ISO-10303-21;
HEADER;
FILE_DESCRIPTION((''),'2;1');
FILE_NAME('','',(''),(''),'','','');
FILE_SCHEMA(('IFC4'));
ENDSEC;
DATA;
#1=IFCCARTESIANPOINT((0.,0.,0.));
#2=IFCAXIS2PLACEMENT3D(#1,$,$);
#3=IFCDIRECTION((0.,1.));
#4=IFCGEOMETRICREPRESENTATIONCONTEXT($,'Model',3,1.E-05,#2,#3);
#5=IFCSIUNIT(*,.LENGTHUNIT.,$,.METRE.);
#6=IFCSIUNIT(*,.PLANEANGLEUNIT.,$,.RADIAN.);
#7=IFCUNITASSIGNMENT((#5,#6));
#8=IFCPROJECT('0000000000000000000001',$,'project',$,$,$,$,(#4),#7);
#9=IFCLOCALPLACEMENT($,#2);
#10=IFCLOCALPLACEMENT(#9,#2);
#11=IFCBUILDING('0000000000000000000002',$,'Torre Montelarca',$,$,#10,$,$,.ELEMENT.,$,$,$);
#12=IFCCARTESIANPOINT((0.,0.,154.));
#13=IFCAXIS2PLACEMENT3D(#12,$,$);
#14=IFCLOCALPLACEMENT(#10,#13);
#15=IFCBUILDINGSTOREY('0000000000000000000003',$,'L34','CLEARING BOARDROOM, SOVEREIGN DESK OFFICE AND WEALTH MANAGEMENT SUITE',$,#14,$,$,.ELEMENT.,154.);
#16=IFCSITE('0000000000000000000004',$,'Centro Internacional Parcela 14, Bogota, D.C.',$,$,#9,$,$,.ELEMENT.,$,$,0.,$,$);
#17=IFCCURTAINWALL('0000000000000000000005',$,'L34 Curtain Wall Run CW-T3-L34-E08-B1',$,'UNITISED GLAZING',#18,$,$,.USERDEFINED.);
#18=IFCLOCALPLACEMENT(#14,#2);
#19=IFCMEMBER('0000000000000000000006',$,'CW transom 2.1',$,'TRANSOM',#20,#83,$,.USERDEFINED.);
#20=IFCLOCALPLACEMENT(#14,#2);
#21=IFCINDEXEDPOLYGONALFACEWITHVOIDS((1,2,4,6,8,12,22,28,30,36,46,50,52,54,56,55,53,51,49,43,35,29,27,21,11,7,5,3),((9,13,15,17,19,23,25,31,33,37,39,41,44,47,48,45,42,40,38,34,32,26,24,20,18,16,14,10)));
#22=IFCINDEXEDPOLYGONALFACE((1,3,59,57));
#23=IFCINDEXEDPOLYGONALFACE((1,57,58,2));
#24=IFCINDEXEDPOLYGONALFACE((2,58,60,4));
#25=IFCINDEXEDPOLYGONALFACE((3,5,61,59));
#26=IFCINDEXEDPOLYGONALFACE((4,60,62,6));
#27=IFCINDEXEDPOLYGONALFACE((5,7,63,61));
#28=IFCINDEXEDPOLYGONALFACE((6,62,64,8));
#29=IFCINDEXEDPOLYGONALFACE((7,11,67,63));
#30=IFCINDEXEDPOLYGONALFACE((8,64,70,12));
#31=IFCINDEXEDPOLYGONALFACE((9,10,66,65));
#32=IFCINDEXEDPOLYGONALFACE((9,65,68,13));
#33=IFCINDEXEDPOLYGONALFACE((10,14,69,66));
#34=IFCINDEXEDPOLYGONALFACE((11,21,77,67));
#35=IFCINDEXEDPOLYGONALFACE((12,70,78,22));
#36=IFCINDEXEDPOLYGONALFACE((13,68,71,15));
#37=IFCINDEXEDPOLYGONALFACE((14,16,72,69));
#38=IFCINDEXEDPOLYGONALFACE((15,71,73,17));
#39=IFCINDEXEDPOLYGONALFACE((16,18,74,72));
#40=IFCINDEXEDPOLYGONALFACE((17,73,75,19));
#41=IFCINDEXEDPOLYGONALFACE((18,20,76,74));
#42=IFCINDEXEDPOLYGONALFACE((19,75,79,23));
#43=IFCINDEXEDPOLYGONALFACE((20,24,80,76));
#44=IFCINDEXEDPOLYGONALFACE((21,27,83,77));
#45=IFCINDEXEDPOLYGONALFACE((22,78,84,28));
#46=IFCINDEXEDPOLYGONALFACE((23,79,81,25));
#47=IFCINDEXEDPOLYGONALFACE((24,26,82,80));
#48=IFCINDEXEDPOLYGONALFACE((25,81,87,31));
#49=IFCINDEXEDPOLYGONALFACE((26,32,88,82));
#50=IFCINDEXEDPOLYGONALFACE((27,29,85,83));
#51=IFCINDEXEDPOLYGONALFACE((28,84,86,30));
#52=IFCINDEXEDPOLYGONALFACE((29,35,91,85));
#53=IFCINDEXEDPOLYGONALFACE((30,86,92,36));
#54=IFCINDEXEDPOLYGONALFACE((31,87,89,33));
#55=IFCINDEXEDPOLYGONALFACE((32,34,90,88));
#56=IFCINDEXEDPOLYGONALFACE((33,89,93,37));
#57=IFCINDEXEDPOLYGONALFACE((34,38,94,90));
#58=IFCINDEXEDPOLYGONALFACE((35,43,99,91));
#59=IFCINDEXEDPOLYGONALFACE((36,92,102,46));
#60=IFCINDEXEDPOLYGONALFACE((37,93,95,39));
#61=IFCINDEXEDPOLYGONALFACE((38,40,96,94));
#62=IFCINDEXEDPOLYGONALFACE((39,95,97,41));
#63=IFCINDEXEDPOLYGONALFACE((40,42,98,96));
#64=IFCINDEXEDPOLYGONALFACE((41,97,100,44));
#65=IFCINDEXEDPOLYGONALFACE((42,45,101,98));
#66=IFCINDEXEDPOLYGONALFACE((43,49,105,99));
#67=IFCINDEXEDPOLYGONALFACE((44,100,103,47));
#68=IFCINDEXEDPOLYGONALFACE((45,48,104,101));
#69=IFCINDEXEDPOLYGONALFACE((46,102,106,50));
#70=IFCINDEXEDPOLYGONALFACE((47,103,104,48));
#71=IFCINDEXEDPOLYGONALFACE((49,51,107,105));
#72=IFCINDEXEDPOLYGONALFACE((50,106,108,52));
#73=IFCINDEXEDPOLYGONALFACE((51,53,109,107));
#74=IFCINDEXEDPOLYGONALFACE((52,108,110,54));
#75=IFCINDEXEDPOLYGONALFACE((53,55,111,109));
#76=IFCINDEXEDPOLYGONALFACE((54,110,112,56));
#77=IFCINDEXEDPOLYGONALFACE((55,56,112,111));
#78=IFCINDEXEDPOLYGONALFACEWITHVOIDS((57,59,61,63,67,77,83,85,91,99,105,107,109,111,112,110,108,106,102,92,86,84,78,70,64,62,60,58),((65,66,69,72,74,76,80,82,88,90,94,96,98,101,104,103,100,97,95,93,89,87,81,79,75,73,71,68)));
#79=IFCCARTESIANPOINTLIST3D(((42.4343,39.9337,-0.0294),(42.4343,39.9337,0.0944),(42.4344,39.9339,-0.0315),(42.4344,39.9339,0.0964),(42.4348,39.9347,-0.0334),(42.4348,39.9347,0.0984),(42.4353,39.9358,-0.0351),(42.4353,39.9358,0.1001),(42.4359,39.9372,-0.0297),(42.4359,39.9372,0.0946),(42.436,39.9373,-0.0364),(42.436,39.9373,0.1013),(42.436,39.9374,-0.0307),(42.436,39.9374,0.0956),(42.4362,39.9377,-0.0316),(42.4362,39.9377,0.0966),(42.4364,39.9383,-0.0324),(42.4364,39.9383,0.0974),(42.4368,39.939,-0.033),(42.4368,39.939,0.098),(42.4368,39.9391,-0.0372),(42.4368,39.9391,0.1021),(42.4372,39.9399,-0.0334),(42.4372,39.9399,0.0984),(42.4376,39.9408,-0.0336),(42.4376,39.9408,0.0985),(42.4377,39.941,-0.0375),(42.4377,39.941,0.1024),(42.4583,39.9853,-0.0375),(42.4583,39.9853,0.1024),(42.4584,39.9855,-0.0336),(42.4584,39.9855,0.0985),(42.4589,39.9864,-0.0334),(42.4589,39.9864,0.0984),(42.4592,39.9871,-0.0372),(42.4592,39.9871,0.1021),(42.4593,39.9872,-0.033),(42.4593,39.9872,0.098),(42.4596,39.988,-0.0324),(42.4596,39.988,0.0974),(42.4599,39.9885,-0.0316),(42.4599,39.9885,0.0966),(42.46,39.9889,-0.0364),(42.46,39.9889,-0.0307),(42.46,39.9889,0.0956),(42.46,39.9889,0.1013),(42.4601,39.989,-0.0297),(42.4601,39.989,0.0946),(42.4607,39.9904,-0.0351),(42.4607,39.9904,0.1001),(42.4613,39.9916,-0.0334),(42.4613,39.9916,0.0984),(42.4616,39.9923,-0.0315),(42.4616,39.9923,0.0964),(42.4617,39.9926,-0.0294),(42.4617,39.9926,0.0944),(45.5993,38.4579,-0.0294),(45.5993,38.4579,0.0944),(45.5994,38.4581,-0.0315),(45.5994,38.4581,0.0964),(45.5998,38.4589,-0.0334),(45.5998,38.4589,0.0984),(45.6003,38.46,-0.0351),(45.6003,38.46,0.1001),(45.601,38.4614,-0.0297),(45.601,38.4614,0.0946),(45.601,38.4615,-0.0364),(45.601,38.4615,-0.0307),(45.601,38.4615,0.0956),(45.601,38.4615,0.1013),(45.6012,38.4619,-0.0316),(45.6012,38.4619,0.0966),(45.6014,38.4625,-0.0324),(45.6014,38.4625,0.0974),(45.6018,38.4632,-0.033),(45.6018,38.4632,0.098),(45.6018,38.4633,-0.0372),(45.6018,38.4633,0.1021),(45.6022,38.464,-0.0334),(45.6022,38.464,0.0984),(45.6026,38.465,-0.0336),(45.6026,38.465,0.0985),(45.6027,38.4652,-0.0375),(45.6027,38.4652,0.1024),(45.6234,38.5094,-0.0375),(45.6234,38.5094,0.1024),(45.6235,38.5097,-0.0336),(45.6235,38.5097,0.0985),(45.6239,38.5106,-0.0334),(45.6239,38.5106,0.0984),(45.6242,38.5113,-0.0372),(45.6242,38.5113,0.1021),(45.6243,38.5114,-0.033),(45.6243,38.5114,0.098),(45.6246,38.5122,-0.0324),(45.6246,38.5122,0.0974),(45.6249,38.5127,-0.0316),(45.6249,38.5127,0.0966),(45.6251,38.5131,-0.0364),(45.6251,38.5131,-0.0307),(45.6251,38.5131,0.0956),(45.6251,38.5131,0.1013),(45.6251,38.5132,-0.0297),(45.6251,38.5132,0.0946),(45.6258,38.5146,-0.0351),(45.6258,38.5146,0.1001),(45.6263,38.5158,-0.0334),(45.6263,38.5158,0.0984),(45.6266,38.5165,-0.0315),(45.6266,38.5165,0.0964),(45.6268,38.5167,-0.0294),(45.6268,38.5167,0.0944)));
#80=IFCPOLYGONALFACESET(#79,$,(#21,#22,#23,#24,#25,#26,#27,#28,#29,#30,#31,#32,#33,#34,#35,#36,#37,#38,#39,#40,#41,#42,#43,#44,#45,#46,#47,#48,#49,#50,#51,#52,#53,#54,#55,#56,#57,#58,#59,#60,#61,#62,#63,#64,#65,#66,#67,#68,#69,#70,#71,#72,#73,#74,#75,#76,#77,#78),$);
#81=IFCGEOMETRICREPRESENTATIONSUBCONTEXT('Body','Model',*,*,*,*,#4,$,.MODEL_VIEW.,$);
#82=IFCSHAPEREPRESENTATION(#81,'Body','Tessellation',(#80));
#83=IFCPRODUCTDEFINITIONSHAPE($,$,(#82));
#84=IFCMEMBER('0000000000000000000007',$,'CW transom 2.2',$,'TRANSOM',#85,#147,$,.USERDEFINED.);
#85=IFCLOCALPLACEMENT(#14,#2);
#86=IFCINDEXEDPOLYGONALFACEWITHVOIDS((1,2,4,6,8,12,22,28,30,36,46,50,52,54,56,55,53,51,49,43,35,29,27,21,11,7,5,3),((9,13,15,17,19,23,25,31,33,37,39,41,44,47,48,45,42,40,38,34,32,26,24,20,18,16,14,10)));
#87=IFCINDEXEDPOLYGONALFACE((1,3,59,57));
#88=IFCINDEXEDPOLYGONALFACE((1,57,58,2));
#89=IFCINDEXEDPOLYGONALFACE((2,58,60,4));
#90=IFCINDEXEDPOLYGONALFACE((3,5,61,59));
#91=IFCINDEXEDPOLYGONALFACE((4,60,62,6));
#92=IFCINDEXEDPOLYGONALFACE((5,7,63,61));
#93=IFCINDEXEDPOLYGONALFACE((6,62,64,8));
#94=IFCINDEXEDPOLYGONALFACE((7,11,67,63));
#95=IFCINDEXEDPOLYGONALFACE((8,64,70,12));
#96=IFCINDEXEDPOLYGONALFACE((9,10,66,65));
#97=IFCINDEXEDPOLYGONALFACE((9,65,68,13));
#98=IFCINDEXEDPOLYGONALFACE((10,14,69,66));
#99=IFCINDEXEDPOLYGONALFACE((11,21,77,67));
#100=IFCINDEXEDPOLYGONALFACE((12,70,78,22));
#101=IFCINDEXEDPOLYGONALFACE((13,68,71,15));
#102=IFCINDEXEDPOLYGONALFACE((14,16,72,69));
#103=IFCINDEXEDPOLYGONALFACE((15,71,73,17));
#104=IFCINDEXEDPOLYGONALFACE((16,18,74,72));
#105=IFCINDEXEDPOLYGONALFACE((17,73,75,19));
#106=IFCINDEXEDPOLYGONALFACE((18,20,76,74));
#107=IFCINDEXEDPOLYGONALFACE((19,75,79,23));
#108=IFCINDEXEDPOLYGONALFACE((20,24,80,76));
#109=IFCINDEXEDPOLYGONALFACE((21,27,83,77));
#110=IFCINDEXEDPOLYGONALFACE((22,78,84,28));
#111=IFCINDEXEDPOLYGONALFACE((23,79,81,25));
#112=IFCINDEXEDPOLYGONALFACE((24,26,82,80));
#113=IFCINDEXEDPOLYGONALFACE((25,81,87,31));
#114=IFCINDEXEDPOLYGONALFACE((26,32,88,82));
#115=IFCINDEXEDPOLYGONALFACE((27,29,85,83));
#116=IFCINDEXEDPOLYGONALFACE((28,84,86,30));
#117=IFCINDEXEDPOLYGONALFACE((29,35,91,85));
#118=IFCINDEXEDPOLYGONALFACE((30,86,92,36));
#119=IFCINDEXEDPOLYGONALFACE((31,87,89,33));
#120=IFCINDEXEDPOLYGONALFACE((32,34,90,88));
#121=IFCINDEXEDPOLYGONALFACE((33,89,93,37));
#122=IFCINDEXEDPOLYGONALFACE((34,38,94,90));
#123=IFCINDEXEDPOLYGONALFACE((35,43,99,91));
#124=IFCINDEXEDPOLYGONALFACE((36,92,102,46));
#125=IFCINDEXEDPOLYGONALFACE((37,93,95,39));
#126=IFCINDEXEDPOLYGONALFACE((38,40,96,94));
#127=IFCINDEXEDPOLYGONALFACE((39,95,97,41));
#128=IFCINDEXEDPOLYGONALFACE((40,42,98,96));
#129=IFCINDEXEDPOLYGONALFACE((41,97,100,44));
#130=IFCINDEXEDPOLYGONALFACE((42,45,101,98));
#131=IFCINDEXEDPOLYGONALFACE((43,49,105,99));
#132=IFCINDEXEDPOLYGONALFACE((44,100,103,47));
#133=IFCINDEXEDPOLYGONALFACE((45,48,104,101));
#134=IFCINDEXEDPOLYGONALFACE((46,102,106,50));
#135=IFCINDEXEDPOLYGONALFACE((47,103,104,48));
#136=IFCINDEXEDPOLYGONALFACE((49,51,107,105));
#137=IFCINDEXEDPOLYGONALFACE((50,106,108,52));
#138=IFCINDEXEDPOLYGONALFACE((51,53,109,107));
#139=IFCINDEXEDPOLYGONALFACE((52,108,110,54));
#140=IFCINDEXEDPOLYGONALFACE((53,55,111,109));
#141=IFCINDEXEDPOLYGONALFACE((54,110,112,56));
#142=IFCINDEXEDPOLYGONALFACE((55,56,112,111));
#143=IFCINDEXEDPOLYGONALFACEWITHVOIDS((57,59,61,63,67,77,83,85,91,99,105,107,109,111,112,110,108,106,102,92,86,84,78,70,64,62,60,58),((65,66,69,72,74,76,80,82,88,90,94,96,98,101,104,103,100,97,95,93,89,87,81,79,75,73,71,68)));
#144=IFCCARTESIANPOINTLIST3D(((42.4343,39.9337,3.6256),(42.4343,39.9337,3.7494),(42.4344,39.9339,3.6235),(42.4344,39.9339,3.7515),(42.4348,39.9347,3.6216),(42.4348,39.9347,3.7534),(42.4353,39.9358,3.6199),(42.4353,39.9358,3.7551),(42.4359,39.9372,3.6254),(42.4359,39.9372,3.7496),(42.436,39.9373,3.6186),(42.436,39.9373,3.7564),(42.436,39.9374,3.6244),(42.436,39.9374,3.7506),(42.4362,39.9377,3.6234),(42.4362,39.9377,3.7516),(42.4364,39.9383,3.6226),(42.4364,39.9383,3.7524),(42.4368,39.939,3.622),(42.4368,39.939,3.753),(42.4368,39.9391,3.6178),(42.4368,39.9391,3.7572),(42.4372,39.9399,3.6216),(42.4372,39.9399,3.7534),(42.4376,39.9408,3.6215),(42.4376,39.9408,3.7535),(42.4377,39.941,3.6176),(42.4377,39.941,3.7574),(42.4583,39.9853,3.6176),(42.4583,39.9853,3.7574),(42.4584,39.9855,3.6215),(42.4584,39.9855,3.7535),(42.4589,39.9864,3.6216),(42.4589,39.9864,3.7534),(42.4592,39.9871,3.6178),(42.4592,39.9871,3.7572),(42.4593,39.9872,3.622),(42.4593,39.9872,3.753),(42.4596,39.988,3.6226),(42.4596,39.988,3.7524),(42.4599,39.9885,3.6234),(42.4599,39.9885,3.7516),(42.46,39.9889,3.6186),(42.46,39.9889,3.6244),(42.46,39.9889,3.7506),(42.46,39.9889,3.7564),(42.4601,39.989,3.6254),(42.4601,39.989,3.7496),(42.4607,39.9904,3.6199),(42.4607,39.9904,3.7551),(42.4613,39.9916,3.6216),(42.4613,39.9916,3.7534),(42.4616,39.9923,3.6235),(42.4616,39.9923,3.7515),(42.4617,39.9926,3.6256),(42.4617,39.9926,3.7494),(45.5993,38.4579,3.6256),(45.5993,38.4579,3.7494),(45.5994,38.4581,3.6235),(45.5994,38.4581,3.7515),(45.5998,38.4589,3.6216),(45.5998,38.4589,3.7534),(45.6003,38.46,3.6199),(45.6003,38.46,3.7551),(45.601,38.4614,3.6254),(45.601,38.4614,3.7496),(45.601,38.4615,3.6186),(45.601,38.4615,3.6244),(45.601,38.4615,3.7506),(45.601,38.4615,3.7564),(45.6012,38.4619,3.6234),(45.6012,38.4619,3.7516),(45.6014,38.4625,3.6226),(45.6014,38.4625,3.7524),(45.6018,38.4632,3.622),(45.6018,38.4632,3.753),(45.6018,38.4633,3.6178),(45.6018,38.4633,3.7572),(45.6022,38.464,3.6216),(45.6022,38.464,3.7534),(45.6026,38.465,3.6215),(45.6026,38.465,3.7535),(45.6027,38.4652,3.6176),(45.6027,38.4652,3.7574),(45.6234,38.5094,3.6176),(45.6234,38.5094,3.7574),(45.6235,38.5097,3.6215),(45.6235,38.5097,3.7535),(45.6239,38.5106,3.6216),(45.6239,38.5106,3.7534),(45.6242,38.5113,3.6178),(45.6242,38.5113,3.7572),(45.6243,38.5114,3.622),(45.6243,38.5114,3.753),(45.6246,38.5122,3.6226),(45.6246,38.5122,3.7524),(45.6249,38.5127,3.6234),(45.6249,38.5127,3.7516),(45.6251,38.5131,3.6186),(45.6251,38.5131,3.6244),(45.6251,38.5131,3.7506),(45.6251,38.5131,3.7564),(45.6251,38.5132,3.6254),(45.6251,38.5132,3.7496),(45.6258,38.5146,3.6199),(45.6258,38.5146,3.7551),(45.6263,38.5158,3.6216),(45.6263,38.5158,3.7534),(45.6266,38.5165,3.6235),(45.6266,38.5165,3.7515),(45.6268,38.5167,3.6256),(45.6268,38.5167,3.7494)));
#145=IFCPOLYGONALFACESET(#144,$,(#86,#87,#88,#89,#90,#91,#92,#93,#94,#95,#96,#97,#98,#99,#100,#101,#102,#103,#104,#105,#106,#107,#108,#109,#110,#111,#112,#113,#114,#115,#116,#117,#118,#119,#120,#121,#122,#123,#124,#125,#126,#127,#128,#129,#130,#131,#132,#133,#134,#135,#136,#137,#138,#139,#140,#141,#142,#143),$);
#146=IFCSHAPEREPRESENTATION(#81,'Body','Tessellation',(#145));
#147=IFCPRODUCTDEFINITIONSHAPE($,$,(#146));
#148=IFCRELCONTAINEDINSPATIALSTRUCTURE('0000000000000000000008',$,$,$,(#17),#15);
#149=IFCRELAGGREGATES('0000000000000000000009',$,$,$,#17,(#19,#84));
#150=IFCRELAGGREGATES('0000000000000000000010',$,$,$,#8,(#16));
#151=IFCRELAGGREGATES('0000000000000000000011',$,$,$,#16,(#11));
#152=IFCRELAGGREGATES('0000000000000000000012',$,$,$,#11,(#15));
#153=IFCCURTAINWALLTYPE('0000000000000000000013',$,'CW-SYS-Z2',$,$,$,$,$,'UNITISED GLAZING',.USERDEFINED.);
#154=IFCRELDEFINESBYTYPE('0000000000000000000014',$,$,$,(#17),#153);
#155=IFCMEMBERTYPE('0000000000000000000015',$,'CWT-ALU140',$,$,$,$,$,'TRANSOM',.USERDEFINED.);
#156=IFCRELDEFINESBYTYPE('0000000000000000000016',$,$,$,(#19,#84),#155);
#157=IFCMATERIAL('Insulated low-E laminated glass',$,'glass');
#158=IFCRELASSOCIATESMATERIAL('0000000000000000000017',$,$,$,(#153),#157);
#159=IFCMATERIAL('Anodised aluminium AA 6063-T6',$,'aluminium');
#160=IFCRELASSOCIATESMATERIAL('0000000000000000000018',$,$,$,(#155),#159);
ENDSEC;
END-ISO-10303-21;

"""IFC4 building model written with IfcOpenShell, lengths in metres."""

from ifc_helpers import new_model, si_unit, direction, frame, origin, origin_2d, place, context, subcontext, project, spatial, hollow_rectangle, extrude, source, transform, mapped, material, material_profile, profile_set, type_object, element, aggregate, save


model = new_model("IFC4")

# Units and contexts
model_context = context("Model", 3, precision=1e-05, world=origin(), true_north=direction((0.0, 1.0)))
body_context = subcontext(model_context, "Body", "Model", "MODEL_VIEW")
ifc_project = project(units=[si_unit("LENGTHUNIT", "METRE"), si_unit("PLANEANGLEUNIT", "RADIAN")], contexts=[model_context])

# Site, building, storey
site_placement = place(None, origin())
site = spatial("IfcSite", under=ifc_project, at=site_placement, Name="Centro Internacional Parcela 14, Bogota, D.C.", CompositionType="ELEMENT", RefElevation=0.0)
building_placement = place(site_placement, origin())
building = spatial("IfcBuilding", under=site, at=building_placement, Name="Torre Montelarca", CompositionType="ELEMENT")
storey_placement = place(building_placement, frame((0.0, 0.0, 154.0)))
storey = spatial("IfcBuildingStorey", under=building, at=storey_placement, Name="L34", Description="CLEARING BOARDROOM, SOVEREIGN DESK OFFICE AND WEALTH MANAGEMENT SUITE", CompositionType="ELEMENT", Elevation=154.0)

# Curtain wall
ifc_material_1 = material(Name="Insulated low-E laminated glass", Category="glass")
curtain_wall_type = type_object("IfcCurtainWallType", Name="CW-SYS-Z2", ElementType="UNITISED GLAZING", PredefinedType="USERDEFINED", material=ifc_material_1)
ifc_material_2 = material(Name="Anodised aluminium AA 6063-T6", Category="aluminium")
ifc_material_profile_1 = material_profile(ifc_material_2, hollow_rectangle(XDim=0.0649, YDim=0.1399, WallThickness=0.0039, InnerFilletRadius=0.0039, OuterFilletRadius=0.0081, at=origin_2d()), Name="ALU65X140X4", Category="aluminium")
ifc_profile_set_1 = profile_set([ifc_material_profile_1], Name="Anodised aluminium AA 6063-T6")
member_type_1 = type_object("IfcMemberType", Name="CWT-ALU140", ElementType="TRANSOM", PredefinedType="USERDEFINED", material=ifc_profile_set_1)
curtain_wall_1_placement = place(storey_placement, origin())
curtain_wall_1 = element("IfcCurtainWall", 1, at=curtain_wall_1_placement, inside=storey, type_object=curtain_wall_type, Name="L34 Curtain Wall Run CW-T3-L34-E08-B1", ObjectType="UNITISED GLAZING", PredefinedType="USERDEFINED")

# Members
shared_shape_1 = source(origin(), body_context, "Body", "SweptSolid", [
    extrude(hollow_rectangle(XDim=0.0649, YDim=0.1399, WallThickness=0.0039, InnerFilletRadius=0.0039, OuterFilletRadius=0.0081, at=origin_2d()), origin(), (0.0, 0.0, 1.0), 3.4922),
])
member_1_placement = place(storey_placement, frame((45.613, 38.4873, 0.0325), z_axis=(-0.906313, 0.422606, 0.0), x_axis=(-0.422606, -0.906313, 0.0)))
member_1 = element("IfcMember", 2, at=member_1_placement, type_object=member_type_1, Name="CW transom 2.1", ObjectType="TRANSOM", PredefinedType="USERDEFINED", context=body_context, shape_type="MappedRepresentation", body=[
    mapped(shared_shape_1, transform((0.0, 0.0, 0.0), scale=1.0)),
])
member_2_placement = place(storey_placement, frame((45.613, 38.4873, 3.6875), z_axis=(-0.906313, 0.422606, 0.0), x_axis=(-0.422606, -0.906313, 0.0)))
member_2 = element("IfcMember", 3, at=member_2_placement, type_object=member_type_1, Name="CW transom 2.2", ObjectType="TRANSOM", PredefinedType="USERDEFINED", context=body_context, shape_type="MappedRepresentation", body=[
    mapped(shared_shape_1, transform((0.0, 0.0, 0.0), scale=1.0)),
])

aggregate(curtain_wall_1, [member_1, member_2])

save(model, "model.ifc")
